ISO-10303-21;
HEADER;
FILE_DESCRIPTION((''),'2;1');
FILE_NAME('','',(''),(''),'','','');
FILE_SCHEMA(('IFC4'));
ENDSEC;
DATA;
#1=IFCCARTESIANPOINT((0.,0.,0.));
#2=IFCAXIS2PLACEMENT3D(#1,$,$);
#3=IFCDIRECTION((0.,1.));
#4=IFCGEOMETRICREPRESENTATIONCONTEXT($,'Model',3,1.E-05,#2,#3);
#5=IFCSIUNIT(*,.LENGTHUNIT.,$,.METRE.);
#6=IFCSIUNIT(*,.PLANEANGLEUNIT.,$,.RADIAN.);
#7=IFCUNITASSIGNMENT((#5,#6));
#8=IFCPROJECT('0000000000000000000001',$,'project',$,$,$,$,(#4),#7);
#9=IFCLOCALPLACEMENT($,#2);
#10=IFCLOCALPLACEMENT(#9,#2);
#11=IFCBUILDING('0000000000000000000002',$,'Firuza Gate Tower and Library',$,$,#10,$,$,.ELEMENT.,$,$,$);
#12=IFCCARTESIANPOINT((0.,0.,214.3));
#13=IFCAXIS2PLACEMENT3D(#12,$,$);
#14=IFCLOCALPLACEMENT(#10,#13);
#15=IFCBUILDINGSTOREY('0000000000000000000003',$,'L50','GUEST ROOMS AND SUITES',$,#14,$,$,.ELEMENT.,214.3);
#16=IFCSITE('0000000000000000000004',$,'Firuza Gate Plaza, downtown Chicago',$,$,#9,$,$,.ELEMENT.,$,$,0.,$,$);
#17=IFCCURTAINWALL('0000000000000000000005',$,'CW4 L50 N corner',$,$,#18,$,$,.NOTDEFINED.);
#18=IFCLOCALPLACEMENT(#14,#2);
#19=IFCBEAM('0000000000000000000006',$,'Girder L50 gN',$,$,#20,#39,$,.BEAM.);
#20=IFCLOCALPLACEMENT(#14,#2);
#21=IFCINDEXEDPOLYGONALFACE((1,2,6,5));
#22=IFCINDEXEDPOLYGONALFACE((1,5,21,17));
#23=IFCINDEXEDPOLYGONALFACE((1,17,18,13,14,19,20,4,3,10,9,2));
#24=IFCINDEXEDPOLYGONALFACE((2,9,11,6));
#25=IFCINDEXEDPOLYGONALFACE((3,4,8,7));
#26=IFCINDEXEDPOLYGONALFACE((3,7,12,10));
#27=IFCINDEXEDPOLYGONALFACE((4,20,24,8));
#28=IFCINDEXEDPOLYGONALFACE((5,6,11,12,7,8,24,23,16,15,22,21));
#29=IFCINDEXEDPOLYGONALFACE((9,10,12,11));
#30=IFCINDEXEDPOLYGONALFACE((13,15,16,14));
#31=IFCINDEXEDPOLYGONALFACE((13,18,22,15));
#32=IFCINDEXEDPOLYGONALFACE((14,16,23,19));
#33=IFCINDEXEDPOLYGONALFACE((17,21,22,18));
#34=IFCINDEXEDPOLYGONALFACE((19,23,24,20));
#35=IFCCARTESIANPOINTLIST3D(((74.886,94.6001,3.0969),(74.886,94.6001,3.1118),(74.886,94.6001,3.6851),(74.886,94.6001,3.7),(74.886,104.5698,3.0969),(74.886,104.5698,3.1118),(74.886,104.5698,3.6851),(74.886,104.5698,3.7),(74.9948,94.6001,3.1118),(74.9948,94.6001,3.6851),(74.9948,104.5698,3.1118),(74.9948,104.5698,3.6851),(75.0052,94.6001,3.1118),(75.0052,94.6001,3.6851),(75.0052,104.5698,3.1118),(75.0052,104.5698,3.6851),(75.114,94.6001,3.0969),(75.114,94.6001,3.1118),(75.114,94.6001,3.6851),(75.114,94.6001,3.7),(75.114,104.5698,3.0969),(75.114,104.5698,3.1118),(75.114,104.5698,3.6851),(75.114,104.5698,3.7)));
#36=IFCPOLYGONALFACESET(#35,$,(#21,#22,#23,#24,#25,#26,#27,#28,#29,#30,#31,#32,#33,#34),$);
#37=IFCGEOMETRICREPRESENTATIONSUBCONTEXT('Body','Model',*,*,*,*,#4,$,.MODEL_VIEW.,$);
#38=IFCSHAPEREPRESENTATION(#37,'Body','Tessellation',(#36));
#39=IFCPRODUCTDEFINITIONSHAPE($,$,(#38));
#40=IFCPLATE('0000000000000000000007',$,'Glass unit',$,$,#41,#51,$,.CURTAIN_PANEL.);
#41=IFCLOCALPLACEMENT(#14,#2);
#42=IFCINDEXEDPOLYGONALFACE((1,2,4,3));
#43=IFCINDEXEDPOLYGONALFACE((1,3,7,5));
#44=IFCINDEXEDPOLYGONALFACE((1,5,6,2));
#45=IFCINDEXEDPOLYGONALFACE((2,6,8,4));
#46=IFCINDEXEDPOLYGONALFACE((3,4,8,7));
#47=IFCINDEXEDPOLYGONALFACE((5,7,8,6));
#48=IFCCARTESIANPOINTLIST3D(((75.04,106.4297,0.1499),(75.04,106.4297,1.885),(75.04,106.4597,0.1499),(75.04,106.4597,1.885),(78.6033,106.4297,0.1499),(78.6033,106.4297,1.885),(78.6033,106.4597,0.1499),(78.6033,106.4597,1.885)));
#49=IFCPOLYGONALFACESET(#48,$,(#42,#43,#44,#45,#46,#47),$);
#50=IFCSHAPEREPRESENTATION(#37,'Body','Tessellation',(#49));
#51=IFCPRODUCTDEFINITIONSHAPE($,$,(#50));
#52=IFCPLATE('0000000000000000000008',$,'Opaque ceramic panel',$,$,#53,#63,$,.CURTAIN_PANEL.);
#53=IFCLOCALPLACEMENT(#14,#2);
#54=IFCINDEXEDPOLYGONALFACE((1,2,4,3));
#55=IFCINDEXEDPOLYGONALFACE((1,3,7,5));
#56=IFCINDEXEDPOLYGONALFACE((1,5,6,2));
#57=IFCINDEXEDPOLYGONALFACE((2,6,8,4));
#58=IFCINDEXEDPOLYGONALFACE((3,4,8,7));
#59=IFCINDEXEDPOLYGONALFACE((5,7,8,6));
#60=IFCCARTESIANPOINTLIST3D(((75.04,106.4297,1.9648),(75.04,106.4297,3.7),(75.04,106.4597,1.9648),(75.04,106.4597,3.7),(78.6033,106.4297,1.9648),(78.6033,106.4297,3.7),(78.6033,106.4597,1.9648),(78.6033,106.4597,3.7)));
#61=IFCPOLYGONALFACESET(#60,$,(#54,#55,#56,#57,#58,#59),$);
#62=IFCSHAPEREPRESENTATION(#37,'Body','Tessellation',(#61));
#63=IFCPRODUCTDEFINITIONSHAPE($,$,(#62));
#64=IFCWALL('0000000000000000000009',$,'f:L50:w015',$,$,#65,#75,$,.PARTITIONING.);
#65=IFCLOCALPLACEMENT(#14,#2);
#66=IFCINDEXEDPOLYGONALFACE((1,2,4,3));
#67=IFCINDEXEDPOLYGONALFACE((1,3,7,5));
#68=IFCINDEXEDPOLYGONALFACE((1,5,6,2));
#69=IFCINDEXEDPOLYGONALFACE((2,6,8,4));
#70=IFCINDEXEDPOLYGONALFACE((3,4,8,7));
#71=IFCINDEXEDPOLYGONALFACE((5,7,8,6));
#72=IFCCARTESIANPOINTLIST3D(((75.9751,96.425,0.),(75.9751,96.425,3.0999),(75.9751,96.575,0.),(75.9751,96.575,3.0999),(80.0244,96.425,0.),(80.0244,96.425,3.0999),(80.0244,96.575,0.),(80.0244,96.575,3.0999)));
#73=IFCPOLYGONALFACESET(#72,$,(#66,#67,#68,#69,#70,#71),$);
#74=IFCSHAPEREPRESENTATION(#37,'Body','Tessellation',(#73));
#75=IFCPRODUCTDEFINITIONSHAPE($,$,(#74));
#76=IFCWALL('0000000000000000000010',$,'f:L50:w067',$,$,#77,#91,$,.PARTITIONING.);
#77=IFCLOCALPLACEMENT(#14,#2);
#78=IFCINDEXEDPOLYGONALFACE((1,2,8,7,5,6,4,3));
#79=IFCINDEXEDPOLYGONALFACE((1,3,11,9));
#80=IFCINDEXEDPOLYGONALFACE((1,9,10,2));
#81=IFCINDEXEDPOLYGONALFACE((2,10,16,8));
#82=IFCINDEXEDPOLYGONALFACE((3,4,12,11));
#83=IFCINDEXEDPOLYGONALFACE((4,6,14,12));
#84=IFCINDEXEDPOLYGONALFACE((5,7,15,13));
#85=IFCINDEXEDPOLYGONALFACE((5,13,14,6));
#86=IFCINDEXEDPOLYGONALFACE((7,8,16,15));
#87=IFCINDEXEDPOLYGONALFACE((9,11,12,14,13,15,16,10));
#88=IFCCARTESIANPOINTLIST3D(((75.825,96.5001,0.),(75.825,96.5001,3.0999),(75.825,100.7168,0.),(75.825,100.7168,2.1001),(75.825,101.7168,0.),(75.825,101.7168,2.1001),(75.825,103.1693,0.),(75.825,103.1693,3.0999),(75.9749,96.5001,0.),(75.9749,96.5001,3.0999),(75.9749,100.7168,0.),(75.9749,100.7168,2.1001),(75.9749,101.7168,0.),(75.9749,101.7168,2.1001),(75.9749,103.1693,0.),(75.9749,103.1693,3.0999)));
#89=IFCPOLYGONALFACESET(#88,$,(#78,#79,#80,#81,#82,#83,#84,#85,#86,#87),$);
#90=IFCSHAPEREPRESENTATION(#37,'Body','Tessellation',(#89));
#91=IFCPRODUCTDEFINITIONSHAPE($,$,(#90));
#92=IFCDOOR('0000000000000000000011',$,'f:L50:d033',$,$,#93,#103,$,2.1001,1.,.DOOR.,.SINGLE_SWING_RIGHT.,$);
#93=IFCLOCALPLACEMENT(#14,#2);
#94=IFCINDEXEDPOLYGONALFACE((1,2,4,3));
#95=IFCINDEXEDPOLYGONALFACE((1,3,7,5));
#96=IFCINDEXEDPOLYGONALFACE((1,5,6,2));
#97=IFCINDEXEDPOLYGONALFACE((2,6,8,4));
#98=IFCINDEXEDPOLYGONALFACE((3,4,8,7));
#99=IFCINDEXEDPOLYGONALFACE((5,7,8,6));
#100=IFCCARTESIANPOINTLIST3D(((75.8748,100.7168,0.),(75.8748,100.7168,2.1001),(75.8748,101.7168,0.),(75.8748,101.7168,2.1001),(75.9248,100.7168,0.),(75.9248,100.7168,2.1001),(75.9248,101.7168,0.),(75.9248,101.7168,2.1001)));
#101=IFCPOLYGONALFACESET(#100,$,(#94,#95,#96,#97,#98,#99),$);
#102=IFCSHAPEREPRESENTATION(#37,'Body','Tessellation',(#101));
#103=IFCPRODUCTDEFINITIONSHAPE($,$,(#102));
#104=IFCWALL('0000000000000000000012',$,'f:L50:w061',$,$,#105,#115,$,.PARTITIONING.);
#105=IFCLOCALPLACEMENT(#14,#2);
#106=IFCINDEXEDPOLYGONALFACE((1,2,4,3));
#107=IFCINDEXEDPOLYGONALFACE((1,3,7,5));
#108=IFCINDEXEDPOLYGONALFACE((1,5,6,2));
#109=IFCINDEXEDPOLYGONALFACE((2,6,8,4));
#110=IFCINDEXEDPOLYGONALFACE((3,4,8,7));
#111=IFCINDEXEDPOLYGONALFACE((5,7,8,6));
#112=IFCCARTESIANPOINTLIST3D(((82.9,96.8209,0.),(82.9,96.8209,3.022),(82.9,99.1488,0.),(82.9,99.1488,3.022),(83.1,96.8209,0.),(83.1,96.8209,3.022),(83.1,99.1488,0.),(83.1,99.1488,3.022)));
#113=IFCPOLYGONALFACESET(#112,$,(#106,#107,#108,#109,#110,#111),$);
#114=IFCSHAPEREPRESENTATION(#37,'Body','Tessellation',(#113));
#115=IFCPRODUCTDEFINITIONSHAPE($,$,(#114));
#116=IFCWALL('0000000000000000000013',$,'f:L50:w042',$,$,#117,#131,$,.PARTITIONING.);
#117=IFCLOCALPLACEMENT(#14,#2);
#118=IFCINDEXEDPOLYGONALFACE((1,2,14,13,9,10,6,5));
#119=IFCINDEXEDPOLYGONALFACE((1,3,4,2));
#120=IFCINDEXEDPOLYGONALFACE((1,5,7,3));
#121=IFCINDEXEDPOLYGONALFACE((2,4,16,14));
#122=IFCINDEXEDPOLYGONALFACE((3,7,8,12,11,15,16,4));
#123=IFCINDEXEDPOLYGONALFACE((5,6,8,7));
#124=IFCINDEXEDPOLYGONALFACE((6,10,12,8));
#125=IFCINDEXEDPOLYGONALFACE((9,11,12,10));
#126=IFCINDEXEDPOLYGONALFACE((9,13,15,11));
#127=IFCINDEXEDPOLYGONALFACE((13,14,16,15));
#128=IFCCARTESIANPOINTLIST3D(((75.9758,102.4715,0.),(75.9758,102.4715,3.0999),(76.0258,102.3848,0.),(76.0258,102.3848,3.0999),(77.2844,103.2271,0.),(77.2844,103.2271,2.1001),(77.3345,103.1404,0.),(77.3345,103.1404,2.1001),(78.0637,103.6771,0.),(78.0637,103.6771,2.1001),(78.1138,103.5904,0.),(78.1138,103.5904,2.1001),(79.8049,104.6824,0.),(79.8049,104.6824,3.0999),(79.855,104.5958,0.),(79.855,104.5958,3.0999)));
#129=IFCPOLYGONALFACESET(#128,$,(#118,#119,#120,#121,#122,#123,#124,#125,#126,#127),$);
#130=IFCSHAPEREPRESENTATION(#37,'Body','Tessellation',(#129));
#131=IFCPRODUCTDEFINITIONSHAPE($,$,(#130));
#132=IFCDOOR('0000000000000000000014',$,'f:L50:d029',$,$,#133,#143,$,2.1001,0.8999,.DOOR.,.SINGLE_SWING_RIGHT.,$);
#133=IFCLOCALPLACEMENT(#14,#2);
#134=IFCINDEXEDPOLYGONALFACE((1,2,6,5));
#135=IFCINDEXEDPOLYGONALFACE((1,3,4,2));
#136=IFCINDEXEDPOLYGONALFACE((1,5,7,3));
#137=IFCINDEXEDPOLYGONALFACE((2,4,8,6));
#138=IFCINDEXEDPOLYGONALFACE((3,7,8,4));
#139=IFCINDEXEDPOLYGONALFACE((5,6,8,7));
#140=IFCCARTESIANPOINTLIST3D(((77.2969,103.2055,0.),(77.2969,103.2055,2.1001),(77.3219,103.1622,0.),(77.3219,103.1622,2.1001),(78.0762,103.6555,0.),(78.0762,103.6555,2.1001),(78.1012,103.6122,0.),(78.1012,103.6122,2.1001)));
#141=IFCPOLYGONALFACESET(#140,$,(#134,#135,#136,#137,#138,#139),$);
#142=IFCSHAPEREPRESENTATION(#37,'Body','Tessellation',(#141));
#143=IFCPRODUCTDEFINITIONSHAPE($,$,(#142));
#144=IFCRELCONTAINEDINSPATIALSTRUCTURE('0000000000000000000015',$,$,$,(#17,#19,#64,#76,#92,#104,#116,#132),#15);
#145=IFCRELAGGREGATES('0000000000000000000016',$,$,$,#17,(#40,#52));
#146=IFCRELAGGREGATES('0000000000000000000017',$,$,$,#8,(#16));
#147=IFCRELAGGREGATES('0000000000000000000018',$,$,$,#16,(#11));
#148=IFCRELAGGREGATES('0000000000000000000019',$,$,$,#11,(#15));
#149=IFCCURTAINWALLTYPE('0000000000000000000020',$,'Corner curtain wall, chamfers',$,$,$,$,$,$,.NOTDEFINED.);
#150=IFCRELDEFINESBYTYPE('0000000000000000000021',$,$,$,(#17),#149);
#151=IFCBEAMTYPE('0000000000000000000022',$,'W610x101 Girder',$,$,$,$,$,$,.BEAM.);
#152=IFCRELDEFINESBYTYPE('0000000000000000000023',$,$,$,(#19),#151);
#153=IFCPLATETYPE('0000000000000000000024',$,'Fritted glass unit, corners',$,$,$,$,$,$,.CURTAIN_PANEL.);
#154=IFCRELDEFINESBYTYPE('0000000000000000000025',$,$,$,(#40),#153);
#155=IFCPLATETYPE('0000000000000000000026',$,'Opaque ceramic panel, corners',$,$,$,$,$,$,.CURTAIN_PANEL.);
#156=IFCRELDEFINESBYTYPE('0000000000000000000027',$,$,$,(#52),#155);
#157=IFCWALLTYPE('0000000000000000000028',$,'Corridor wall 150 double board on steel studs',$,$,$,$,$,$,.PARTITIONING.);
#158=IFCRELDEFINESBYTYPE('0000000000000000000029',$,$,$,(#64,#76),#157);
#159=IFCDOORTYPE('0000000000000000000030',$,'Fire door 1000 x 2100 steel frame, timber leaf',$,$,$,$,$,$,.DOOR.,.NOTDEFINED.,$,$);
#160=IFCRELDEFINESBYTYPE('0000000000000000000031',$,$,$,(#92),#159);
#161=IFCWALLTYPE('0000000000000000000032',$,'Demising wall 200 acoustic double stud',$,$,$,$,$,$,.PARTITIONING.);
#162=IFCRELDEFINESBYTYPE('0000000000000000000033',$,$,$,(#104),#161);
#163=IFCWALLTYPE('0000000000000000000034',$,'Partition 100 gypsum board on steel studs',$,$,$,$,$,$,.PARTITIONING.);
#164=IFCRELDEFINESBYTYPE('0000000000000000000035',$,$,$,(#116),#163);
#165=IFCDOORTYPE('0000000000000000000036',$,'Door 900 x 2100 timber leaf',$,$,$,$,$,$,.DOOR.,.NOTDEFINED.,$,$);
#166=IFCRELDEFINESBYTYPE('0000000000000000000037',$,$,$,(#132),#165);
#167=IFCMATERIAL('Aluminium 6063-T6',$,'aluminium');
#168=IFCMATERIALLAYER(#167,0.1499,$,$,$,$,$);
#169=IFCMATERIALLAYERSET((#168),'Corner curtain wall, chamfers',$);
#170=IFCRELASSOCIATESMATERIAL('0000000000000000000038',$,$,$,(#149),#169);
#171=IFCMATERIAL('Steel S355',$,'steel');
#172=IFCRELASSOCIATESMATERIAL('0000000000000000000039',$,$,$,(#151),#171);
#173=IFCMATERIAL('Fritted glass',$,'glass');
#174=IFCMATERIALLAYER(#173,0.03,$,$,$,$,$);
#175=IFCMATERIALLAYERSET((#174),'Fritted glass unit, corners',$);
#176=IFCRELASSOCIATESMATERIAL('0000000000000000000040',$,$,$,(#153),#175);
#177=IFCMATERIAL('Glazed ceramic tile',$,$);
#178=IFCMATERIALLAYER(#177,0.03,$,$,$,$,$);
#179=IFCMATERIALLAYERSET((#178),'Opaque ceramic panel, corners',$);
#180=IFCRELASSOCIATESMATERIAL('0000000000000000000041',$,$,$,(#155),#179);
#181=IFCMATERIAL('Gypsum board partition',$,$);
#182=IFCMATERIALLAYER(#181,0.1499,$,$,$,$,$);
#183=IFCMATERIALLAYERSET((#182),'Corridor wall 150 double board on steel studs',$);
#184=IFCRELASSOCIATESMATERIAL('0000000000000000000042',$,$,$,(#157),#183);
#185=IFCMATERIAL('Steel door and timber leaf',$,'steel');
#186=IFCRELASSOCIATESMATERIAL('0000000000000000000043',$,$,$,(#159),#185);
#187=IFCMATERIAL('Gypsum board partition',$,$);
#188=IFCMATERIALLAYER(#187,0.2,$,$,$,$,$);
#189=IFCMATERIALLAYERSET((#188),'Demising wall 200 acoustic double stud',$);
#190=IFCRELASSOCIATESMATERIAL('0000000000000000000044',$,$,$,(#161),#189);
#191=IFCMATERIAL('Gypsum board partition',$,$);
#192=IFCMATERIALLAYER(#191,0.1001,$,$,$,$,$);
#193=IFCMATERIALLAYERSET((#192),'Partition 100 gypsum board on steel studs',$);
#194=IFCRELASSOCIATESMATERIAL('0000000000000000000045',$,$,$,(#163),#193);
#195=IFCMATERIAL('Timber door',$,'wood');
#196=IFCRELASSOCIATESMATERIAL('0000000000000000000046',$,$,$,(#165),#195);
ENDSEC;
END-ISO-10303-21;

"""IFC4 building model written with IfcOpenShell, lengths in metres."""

from ifc_helpers import new_model, si_unit, direction, frame, frame_2d, origin, origin_2d, place, context, subcontext, project, spatial, polyline, rectangle, i_section, outline, extrude, material, layer, layer_set, material_profile, profile_set, type_object, element, fill, aggregate, save


model = new_model("IFC4")

# Units and contexts
model_context = context("Model", 3, precision=1e-05, world=origin(), true_north=direction((0.0, 1.0)))
body_context = subcontext(model_context, "Body", "Model", "MODEL_VIEW")
ifc_project = project(units=[si_unit("LENGTHUNIT", "METRE"), si_unit("PLANEANGLEUNIT", "RADIAN")], contexts=[model_context])

# Site, building, storey
site_placement = place(None, origin())
site = spatial("IfcSite", under=ifc_project, at=site_placement, Name="Firuza Gate Plaza, downtown Chicago", CompositionType="ELEMENT", RefElevation=0.0)
building_placement = place(site_placement, origin())
building = spatial("IfcBuilding", under=site, at=building_placement, Name="Firuza Gate Tower and Library", CompositionType="ELEMENT")
storey_placement = place(building_placement, frame((0.0, 0.0, 214.3)))
storey = spatial("IfcBuildingStorey", under=building, at=storey_placement, Name="L50", Description="GUEST ROOMS AND SUITES", CompositionType="ELEMENT", Elevation=214.3)

# Curtain wall
ifc_material_1 = material(Name="Aluminium 6063-T6", Category="aluminium")
ifc_layer_1 = layer(ifc_material_1, 0.1499)
ifc_layer_set_1 = layer_set([ifc_layer_1], Name="Corner curtain wall, chamfers")
curtain_wall_type = type_object("IfcCurtainWallType", Name="Corner curtain wall, chamfers", PredefinedType="NOTDEFINED", material=ifc_layer_set_1)
curtain_wall_placement = place(storey_placement, origin())
curtain_wall = element("IfcCurtainWall", 1, at=curtain_wall_placement, inside=storey, type_object=curtain_wall_type, Name="CW4 L50 N corner", PredefinedType="NOTDEFINED")

# Beam
ifc_material_2 = material(Name="Steel S355", Category="steel")
ifc_material_profile_1 = material_profile(ifc_material_2, i_section(OverallWidth=0.228, OverallDepth=0.603, WebThickness=0.0105, FlangeThickness=0.0149, at=origin_2d()))
ifc_profile_set_1 = profile_set([ifc_material_profile_1], Name="Steel S355")
beam_type_1 = type_object("IfcBeamType", Name="W610x101 Girder", PredefinedType="BEAM", material=ifc_profile_set_1)
beam_1_placement = place(storey_placement, frame((75.0, 104.5698, 3.3984), z_axis=(0.0, -1.0, 0.0), x_axis=(1.0, 0.0, 0.0)))
element("IfcBeam", 2, at=beam_1_placement, inside=storey, type_object=beam_type_1, Name="Girder L50 gN", PredefinedType="BEAM", context=body_context, shape_type="SweptSolid", body=[
    extrude(i_section(OverallWidth=0.228, OverallDepth=0.603, WebThickness=0.0105, FlangeThickness=0.0149, at=origin_2d()), origin(), (0.0, 0.0, 1.0), 9.9697),
])

# Plates
ifc_material_3 = material(Name="Fritted glass", Category="glass")
ifc_layer_2 = layer(ifc_material_3, 0.03)
ifc_layer_set_2 = layer_set([ifc_layer_2], Name="Fritted glass unit, corners")
plate_type_1 = type_object("IfcPlateType", Name="Fritted glass unit, corners", PredefinedType="CURTAIN_PANEL", material=ifc_layer_set_2)
plate_1_placement = place(storey_placement, frame((78.6033, 106.4597, 0.1499), z_axis=(0.0, 1.0, 0.0), x_axis=(-1.0, 0.0, 0.0)))
plate_1 = element("IfcPlate", 3, at=plate_1_placement, type_object=plate_type_1, Name="Glass unit", PredefinedType="CURTAIN_PANEL", context=body_context, shape_type="SweptSolid", body=[
    extrude(outline(polyline([(0.0, 0.0), (3.5632, 0.0), (3.5632, 1.7351), (0.0, 1.7351), (0.0, 0.0)])), origin(), (0.0, 0.0, -1.0), 0.03),
])
ifc_material_4 = material(Name="Glazed ceramic tile")
ifc_layer_3 = layer(ifc_material_4, 0.03)
ifc_layer_set_3 = layer_set([ifc_layer_3], Name="Opaque ceramic panel, corners")
plate_type_2 = type_object("IfcPlateType", Name="Opaque ceramic panel, corners", PredefinedType="CURTAIN_PANEL", material=ifc_layer_set_3)
plate_2_placement = place(storey_placement, frame((78.6033, 106.4597, 1.9648), z_axis=(0.0, 1.0, 0.0), x_axis=(-1.0, 0.0, 0.0)))
plate_2 = element("IfcPlate", 4, at=plate_2_placement, type_object=plate_type_2, Name="Opaque ceramic panel", PredefinedType="CURTAIN_PANEL", context=body_context, shape_type="SweptSolid", body=[
    extrude(outline(polyline([(0.0, 0.0), (3.5632, 0.0), (3.5632, 1.7351), (0.0, 1.7351), (0.0, 0.0)])), origin(), (0.0, 0.0, -1.0), 0.03),
])
aggregate(curtain_wall, [plate_1, plate_2])

# Wall
ifc_material_5 = material(Name="Gypsum board partition")
ifc_layer_4 = layer(ifc_material_5, 0.1499)
ifc_layer_set_4 = layer_set([ifc_layer_4], Name="Corridor wall 150 double board on steel studs")
wall_type_1 = type_object("IfcWallType", Name="Corridor wall 150 double board on steel studs", PredefinedType="PARTITIONING", material=ifc_layer_set_4)
wall_1_placement = place(storey_placement, frame((75.9751, 96.5, 0.0), z_axis=(0.0, 0.0, 1.0), x_axis=(1.0, 0.0, 0.0)))
element("IfcWall", 5, at=wall_1_placement, inside=storey, type_object=wall_type_1, Name="f:L50:w015", PredefinedType="PARTITIONING", context=body_context, shape_type="SweptSolid", body=[
    extrude(rectangle(XDim=4.0493, YDim=0.1499, at=frame_2d((2.0247, 0.0))), origin(), (0.0, 0.0, 1.0), 3.0999),
])

# Wall, opening, door
wall_2_placement = place(storey_placement, frame((75.8999, 103.1692, 0.0), z_axis=(0.0, 0.0, 1.0), x_axis=(0.0, -1.0, 0.0)))
wall_2 = element("IfcWall", 6, at=wall_2_placement, inside=storey, type_object=wall_type_1, Name="f:L50:w067", PredefinedType="PARTITIONING", context=body_context, shape_type="SweptSolid", body=[
    extrude(rectangle(XDim=6.6692, YDim=0.1499, at=frame_2d((3.3345, 0.0))), origin(), (0.0, 0.0, 1.0), 3.0999),
])
opening_1_placement = place(wall_2_placement, frame((1.4524, 0.0, 0.0)))
opening_1 = element("IfcOpeningElement", 7, at=opening_1_placement, cuts=wall_2, PredefinedType="OPENING", context=body_context, shape_type="SweptSolid", body=[
    extrude(rectangle(XDim=1.0, YDim=2.1001, at=frame_2d((0.5, 1.05))), frame((0.0, 0.085, 0.0), z_axis=(0.0, -1.0, 0.0), x_axis=(1.0, 0.0, 0.0)), (0.0, 0.0, 1.0), 0.1699),
])
ifc_material_6 = material(Name="Steel door and timber leaf", Category="steel")
door_type_1 = type_object("IfcDoorType", Name="Fire door 1000 x 2100 steel frame, timber leaf", OperationType="NOTDEFINED", PredefinedType="DOOR", material=ifc_material_6)
door_1_placement = place(opening_1_placement, origin())
door_1 = element("IfcDoor", 8, at=door_1_placement, inside=storey, type_object=door_type_1, Name="f:L50:d033", OperationType="SINGLE_SWING_RIGHT", OverallHeight=2.1001, OverallWidth=1.0, PredefinedType="DOOR", context=body_context, shape_type="SweptSolid", body=[
    extrude(rectangle(XDim=1.0, YDim=2.1001, at=frame_2d((0.5, 1.05))), frame((0.0, 0.0249, 0.0), z_axis=(0.0, -1.0, 0.0), x_axis=(1.0, 0.0, 0.0)), (0.0, 0.0, 1.0), 0.05),
])
fill(opening_1, door_1)

# Wall
ifc_material_7 = material(Name="Gypsum board partition")
ifc_layer_5 = layer(ifc_material_7, 0.2)
ifc_layer_set_5 = layer_set([ifc_layer_5], Name="Demising wall 200 acoustic double stud")
wall_type_2 = type_object("IfcWallType", Name="Demising wall 200 acoustic double stud", PredefinedType="PARTITIONING", material=ifc_layer_set_5)
wall_3_placement = place(storey_placement, frame((83.0, 96.8208, 0.0), z_axis=(0.0, 0.0, 1.0), x_axis=(0.0, 1.0, 0.0)))
element("IfcWall", 9, at=wall_3_placement, inside=storey, type_object=wall_type_2, Name="f:L50:w061", PredefinedType="PARTITIONING", context=body_context, shape_type="SweptSolid", body=[
    extrude(rectangle(XDim=2.3279, YDim=0.2, at=frame_2d((1.1641, 0.0))), origin(), (0.0, 0.0, 1.0), 3.022),
])

# Wall, opening, door
ifc_material_8 = material(Name="Gypsum board partition")
ifc_layer_6 = layer(ifc_material_8, 0.1001)
ifc_layer_set_6 = layer_set([ifc_layer_6], Name="Partition 100 gypsum board on steel studs")
wall_type_3 = type_object("IfcWallType", Name="Partition 100 gypsum board on steel studs", PredefinedType="PARTITIONING", material=ifc_layer_set_6)
wall_4_placement = place(storey_placement, frame((79.8301, 104.6392, 0.0), z_axis=(0.0, 0.0, 1.0), x_axis=(-0.866005, -0.500035, 0.0)))
wall_4 = element("IfcWall", 10, at=wall_4_placement, inside=storey, type_object=wall_type_3, Name="f:L50:w042", PredefinedType="PARTITIONING", context=body_context, shape_type="SweptSolid", body=[
    extrude(rectangle(XDim=4.4216, YDim=0.1001, at=frame_2d((2.2109, 0.0))), origin(), (0.0, 0.0, 1.0), 3.0999),
])
opening_2_placement = place(wall_4_placement, frame((2.0107, 0.0, 0.0)))
opening_2 = element("IfcOpeningElement", 11, at=opening_2_placement, cuts=wall_4, PredefinedType="OPENING", context=body_context, shape_type="SweptSolid", body=[
    extrude(rectangle(XDim=0.8999, YDim=2.1001, at=frame_2d((0.45, 1.05))), frame((0.0, 0.0601, 0.0), z_axis=(0.0, -1.0, 0.0), x_axis=(1.0, 0.0, 0.0)), (0.0, 0.0, 1.0), 0.1201),
])
ifc_material_9 = material(Name="Timber door", Category="wood")
door_type_2 = type_object("IfcDoorType", Name="Door 900 x 2100 timber leaf", OperationType="NOTDEFINED", PredefinedType="DOOR", material=ifc_material_9)
door_2_placement = place(opening_2_placement, origin())
door_2 = element("IfcDoor", 12, at=door_2_placement, inside=storey, type_object=door_type_2, Name="f:L50:d029", OperationType="SINGLE_SWING_RIGHT", OverallHeight=2.1001, OverallWidth=0.8999, PredefinedType="DOOR", context=body_context, shape_type="SweptSolid", body=[
    extrude(rectangle(XDim=0.8999, YDim=2.1001, at=frame_2d((0.45, 1.05))), frame((0.0, 0.0249, 0.0), z_axis=(0.0, -1.0, 0.0), x_axis=(1.0, 0.0, 0.0)), (0.0, 0.0, 1.0), 0.05),
])
fill(opening_2, door_2)

save(model, "model.ifc")
